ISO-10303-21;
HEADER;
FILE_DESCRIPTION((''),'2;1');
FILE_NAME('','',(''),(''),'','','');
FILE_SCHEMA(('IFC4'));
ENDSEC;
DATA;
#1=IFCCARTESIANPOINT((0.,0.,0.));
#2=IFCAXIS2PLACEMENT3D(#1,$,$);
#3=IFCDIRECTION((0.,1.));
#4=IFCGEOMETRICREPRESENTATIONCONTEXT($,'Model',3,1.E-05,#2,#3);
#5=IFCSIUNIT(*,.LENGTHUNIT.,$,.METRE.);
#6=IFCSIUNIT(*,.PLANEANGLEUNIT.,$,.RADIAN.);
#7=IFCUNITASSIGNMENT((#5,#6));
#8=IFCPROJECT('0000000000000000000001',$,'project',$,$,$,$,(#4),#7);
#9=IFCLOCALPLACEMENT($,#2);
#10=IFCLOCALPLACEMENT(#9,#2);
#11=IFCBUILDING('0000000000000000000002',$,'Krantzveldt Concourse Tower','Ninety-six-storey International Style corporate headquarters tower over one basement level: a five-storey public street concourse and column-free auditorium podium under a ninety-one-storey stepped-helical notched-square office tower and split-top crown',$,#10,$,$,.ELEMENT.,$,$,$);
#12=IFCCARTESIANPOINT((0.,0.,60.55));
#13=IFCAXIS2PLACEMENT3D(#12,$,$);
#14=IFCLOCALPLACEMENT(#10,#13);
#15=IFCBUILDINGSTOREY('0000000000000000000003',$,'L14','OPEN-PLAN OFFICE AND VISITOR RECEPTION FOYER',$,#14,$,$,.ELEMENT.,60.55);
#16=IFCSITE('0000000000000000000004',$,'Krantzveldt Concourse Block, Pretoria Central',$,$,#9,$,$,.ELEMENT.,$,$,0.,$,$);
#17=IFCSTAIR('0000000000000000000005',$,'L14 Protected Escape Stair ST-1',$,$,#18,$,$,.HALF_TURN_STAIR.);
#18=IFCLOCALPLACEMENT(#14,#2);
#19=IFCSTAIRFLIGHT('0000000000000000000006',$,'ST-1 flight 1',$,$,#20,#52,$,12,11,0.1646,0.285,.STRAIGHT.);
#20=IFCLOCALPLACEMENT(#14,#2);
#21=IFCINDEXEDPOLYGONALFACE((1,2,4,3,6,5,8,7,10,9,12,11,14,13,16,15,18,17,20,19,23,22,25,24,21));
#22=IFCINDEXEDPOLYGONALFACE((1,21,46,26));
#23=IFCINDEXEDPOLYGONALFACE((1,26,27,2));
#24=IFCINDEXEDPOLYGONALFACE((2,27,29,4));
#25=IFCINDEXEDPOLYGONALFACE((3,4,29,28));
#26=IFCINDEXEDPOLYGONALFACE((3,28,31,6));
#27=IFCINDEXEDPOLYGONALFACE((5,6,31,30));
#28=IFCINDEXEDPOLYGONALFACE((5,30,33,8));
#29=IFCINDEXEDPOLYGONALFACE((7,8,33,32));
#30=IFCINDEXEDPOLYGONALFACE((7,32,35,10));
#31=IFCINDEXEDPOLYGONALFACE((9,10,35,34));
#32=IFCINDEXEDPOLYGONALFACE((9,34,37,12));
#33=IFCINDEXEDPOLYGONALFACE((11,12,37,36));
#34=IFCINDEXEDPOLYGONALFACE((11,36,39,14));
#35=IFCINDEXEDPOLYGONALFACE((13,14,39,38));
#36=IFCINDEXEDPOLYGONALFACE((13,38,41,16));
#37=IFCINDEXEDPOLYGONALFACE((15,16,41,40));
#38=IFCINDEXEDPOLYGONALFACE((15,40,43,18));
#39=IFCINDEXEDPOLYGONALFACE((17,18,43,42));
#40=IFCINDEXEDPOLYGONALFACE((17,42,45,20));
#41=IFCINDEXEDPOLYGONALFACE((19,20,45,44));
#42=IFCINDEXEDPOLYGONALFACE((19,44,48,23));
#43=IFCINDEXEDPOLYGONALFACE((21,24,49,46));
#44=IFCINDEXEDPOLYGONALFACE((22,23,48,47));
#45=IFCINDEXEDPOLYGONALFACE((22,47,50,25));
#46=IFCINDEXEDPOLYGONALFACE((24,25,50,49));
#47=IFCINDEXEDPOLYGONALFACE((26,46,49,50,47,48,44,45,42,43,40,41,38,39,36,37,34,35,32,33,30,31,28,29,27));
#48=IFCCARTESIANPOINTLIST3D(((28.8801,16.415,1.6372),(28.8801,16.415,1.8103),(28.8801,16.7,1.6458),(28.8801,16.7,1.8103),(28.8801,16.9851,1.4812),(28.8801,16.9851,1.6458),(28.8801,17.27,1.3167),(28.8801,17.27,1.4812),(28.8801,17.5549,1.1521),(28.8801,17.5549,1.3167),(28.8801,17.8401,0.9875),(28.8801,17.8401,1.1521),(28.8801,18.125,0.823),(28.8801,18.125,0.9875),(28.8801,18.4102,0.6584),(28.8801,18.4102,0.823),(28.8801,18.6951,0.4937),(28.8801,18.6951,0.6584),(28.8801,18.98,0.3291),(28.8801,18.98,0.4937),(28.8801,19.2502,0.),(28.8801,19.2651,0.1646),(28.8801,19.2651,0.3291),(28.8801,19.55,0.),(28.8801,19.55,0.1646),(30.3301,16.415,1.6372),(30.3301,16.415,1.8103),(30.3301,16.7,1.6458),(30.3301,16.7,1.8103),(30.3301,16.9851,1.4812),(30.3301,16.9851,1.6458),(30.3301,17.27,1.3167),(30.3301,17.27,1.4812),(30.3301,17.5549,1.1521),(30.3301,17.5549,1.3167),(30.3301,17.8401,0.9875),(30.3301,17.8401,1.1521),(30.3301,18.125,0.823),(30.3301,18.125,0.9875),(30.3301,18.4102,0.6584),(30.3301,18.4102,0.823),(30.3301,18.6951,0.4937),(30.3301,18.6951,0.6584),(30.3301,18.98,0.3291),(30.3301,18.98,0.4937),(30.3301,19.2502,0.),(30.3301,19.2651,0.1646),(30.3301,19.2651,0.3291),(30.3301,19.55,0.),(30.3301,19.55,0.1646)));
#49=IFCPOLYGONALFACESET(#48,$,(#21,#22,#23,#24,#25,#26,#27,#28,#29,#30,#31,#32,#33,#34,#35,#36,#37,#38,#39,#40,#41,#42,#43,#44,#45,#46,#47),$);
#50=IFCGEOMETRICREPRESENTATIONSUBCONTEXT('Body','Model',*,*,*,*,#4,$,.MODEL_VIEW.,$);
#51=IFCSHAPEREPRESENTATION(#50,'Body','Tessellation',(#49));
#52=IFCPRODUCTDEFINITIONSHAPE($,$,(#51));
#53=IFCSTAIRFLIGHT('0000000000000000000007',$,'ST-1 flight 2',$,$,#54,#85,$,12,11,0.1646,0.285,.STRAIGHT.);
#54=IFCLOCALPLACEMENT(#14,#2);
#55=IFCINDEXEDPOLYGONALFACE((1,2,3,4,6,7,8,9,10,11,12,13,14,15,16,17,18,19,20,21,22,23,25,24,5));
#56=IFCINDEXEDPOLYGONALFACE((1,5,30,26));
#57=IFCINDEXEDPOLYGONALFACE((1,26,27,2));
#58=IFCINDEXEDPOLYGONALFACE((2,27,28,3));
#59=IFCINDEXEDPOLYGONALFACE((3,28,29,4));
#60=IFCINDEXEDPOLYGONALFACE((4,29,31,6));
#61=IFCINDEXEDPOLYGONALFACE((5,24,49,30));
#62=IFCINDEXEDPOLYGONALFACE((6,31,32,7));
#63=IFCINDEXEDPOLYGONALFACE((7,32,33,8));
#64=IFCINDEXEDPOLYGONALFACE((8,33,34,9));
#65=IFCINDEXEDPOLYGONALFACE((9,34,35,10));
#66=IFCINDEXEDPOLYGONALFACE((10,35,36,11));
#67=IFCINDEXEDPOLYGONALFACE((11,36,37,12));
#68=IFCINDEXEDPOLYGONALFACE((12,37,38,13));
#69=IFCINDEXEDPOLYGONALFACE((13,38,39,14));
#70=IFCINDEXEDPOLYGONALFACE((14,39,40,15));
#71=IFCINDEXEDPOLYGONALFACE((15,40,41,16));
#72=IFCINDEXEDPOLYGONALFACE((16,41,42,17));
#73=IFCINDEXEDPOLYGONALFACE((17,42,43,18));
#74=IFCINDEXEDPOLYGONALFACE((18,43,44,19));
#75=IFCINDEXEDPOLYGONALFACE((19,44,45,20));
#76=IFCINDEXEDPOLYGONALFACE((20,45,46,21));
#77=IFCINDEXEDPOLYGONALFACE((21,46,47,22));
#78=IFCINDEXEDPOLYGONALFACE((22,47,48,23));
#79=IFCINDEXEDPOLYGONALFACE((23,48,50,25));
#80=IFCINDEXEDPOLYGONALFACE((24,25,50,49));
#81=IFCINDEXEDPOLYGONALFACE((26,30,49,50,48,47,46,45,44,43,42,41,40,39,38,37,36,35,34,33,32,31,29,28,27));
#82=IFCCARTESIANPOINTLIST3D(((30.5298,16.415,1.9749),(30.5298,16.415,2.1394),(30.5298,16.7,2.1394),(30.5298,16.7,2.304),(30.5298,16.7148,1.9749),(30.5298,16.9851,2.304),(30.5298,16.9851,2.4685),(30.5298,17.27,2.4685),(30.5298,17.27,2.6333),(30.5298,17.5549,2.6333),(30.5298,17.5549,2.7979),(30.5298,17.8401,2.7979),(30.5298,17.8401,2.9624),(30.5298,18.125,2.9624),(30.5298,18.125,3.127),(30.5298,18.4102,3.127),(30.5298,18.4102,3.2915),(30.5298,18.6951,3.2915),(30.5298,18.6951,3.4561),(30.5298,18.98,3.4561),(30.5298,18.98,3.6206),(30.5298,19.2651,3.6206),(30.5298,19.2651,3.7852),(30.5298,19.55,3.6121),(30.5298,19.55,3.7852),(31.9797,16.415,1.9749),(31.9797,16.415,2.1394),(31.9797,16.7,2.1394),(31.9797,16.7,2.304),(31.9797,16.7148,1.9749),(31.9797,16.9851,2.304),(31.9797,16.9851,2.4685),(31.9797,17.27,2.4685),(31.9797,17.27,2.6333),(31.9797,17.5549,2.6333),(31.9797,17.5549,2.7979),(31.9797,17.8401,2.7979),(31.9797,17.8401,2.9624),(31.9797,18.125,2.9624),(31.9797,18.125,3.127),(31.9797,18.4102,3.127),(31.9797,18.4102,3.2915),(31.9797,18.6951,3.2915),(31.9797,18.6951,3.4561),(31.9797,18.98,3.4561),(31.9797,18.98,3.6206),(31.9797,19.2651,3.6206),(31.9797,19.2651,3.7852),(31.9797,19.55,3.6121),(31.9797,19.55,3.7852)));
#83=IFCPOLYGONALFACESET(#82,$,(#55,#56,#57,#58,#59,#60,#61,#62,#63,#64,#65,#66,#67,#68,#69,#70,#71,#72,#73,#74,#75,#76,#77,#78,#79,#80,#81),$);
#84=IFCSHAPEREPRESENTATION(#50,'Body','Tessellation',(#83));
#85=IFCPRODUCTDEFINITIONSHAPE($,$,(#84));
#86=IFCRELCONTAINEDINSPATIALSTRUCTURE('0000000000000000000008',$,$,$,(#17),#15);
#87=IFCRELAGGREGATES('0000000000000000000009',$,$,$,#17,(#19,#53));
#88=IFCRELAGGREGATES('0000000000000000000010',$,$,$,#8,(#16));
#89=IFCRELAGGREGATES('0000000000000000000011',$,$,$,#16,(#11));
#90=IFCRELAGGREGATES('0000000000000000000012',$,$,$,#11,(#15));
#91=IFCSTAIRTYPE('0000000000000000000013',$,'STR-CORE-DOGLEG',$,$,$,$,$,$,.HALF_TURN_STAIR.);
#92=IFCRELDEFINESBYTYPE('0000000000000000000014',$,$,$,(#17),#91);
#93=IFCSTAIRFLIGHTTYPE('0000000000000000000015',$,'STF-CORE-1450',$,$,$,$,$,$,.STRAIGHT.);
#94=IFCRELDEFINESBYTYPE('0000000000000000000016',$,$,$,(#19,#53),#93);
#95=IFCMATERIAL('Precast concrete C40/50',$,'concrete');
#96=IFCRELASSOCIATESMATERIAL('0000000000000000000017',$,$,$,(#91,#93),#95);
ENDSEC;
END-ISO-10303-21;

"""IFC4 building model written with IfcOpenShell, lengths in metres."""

from ifc_helpers import new_model, si_unit, direction, frame, origin, place, context, subcontext, project, spatial, polyline, outline, extrude, material, type_object, element, aggregate, save


model = new_model("IFC4")

# Units and contexts
model_context = context("Model", 3, precision=1e-05, world=origin(), true_north=direction((0.0, 1.0)))
body_context = subcontext(model_context, "Body", "Model", "MODEL_VIEW")
ifc_project = project(units=[si_unit("LENGTHUNIT", "METRE"), si_unit("PLANEANGLEUNIT", "RADIAN")], contexts=[model_context])

# Site, building, storey
site_placement = place(None, origin())
site = spatial("IfcSite", under=ifc_project, at=site_placement, Name="Krantzveldt Concourse Block, Pretoria Central", CompositionType="ELEMENT", RefElevation=0.0)
building_placement = place(site_placement, origin())
building = spatial("IfcBuilding", under=site, at=building_placement, Name="Krantzveldt Concourse Tower", Description="Ninety-six-storey International Style corporate headquarters tower over one basement level: a five-storey public street concourse and column-free auditorium podium under a ninety-one-storey stepped-helical notched-square office tower and split-top crown", CompositionType="ELEMENT")
storey_placement = place(building_placement, frame((0.0, 0.0, 60.55)))
storey = spatial("IfcBuildingStorey", under=building, at=storey_placement, Name="L14", Description="OPEN-PLAN OFFICE AND VISITOR RECEPTION FOYER", CompositionType="ELEMENT", Elevation=60.55)

# Stair, stair flights
ifc_material_1 = material(Name="Precast concrete C40/50", Category="concrete")
stair_type = type_object("IfcStairType", Name="STR-CORE-DOGLEG", PredefinedType="HALF_TURN_STAIR", material=ifc_material_1)
stair_placement = place(storey_placement, origin())
stair = element("IfcStair", 1, at=stair_placement, inside=storey, type_object=stair_type, Name="L14 Protected Escape Stair ST-1", PredefinedType="HALF_TURN_STAIR")
stair_flight_type = type_object("IfcStairFlightType", Name="STF-CORE-1450", PredefinedType="STRAIGHT", material=ifc_material_1)
stair_flight_1_placement = place(storey_placement, frame((29.605, 19.55, 0.0), z_axis=(0.0, 0.0, 1.0), x_axis=(0.0, -1.0, 0.0)))
stair_flight_1 = element("IfcStairFlight", 2, at=stair_flight_1_placement, type_object=stair_flight_type, Name="ST-1 flight 1", NumberOfRisers=12, NumberOfTreads=11, PredefinedType="STRAIGHT", RiserHeight=0.1646, TreadLength=0.285, context=body_context, shape_type="SweptSolid", body=[
    extrude(outline(polyline([(0.0, 0.0), (0.0, 0.1646), (0.2849, 0.1646), (0.2849, 0.3291), (0.5701, 0.3291), (0.5701, 0.4937), (0.855, 0.4937), (0.855, 0.6584), (1.1399, 0.6584), (1.1399, 0.823), (1.425, 0.823), (1.425, 0.9875), (1.71, 0.9875), (1.71, 1.1521), (1.9951, 1.1521), (1.9951, 1.3167), (2.28, 1.3167), (2.28, 1.4812), (2.5649, 1.4812), (2.5649, 1.6458), (2.8501, 1.6458), (2.8501, 1.8103), (3.135, 1.8103), (3.135, 1.9751), (3.135, 1.6372), (0.2998, 0.0), (0.0, 0.0)])), frame((0.0, 0.7251, 0.0), z_axis=(0.0, -1.0, 0.0), x_axis=(1.0, 0.0, 0.0)), (0.0, 0.0, 1.0), 1.45),
])
stair_flight_2_placement = place(storey_placement, frame((31.2549, 16.415, 1.9749), z_axis=(0.0, 0.0, 1.0), x_axis=(0.0, 1.0, 0.0)))
stair_flight_2 = element("IfcStairFlight", 3, at=stair_flight_2_placement, type_object=stair_flight_type, Name="ST-1 flight 2", NumberOfRisers=12, NumberOfTreads=11, PredefinedType="STRAIGHT", RiserHeight=0.1646, TreadLength=0.285, context=body_context, shape_type="SweptSolid", body=[
    extrude(outline(polyline([(0.0, 0.0), (0.0, 0.1646), (0.2849, 0.1646), (0.2849, 0.3291), (0.5701, 0.3291), (0.5701, 0.4937), (0.855, 0.4937), (0.855, 0.6584), (1.1399, 0.6584), (1.1399, 0.823), (1.425, 0.823), (1.425, 0.9875), (1.71, 0.9875), (1.71, 1.1521), (1.9951, 1.1521), (1.9951, 1.3167), (2.28, 1.3167), (2.28, 1.4812), (2.5649, 1.4812), (2.5649, 1.6458), (2.8501, 1.6458), (2.8501, 1.8103), (3.135, 1.8103), (3.135, 1.9751), (3.135, 1.6372), (0.2998, 0.0), (0.0, 0.0)])), frame((0.0, 0.7251, 0.0), z_axis=(0.0, -1.0, 0.0), x_axis=(1.0, 0.0, 0.0)), (0.0, 0.0, 1.0), 1.45),
])
aggregate(stair, [stair_flight_1, stair_flight_2])

save(model, "model.ifc")
